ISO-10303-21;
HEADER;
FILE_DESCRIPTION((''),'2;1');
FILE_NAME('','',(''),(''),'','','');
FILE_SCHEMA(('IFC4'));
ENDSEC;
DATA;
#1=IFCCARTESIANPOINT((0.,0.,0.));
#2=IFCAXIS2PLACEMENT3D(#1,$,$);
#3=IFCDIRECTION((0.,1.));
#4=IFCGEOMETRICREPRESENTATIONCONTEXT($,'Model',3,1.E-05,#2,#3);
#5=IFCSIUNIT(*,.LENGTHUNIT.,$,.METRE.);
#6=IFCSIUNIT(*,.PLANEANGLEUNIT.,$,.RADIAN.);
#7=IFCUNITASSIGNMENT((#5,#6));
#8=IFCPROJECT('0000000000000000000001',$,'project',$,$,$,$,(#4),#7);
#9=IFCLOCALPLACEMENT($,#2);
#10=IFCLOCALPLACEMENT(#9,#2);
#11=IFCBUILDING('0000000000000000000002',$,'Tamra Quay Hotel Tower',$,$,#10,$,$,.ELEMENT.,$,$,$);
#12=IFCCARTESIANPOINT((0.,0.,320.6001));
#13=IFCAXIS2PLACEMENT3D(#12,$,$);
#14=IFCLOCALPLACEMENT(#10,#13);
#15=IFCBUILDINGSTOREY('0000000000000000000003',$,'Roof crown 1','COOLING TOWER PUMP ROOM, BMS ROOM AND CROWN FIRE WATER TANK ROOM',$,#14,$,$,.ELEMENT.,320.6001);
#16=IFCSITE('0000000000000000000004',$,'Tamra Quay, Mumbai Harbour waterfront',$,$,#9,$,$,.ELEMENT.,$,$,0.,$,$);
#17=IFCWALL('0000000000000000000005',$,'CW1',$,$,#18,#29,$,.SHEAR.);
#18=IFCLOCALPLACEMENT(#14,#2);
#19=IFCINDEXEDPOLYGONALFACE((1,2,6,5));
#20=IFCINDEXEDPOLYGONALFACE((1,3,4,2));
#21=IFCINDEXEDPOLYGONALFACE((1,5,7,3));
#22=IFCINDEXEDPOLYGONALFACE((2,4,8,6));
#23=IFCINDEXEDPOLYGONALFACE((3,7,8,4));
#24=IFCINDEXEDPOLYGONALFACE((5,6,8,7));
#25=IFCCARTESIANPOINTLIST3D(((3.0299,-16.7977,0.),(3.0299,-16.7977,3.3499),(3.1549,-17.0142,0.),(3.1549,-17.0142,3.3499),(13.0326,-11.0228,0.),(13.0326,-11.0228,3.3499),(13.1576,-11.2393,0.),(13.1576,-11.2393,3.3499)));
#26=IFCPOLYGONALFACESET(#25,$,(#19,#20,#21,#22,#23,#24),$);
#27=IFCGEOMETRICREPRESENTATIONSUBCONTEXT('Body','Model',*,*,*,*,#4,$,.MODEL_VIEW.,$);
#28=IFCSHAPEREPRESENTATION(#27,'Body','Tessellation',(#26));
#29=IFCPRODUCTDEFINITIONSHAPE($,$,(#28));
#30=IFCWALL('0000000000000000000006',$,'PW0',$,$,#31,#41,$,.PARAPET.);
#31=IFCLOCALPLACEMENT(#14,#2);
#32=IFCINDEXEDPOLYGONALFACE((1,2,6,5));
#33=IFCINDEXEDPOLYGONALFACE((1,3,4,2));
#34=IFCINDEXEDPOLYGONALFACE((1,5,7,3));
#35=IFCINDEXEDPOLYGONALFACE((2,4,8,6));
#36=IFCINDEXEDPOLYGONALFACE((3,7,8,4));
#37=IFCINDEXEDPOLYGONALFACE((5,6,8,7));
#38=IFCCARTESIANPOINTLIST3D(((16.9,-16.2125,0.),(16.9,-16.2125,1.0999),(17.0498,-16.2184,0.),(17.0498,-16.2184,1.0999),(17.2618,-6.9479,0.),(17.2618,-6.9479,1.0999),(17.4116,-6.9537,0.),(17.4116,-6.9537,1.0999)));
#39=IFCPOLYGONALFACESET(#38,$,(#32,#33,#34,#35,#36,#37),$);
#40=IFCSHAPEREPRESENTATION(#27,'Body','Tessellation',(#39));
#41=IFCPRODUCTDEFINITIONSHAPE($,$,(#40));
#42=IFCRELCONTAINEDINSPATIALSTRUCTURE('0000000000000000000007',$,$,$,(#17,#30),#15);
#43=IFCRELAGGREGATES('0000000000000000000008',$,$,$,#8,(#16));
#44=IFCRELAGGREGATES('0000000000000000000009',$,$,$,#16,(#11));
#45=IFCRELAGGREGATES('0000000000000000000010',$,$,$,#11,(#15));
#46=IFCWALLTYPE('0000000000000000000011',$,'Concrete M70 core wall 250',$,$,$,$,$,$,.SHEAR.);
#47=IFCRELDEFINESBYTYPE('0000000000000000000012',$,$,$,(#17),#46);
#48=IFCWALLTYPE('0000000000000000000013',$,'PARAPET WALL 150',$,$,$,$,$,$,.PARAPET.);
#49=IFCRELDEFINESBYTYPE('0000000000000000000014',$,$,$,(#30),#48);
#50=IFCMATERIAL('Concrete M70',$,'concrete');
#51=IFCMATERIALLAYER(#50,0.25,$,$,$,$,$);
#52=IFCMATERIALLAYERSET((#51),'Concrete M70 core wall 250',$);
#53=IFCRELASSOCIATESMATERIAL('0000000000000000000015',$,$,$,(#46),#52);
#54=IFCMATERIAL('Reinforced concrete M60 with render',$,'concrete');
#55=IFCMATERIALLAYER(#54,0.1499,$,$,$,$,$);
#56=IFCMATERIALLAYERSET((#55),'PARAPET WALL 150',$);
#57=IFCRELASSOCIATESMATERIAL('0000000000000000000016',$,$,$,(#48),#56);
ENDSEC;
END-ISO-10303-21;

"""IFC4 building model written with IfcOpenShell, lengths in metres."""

from ifc_helpers import new_model, si_unit, direction, frame, frame_2d, origin, place, context, subcontext, project, spatial, rectangle, extrude, material, layer, layer_set, type_object, element, save


model = new_model("IFC4")

# Units and contexts
model_context = context("Model", 3, precision=1e-05, world=origin(), true_north=direction((0.0, 1.0)))
body_context = subcontext(model_context, "Body", "Model", "MODEL_VIEW")
ifc_project = project(units=[si_unit("LENGTHUNIT", "METRE"), si_unit("PLANEANGLEUNIT", "RADIAN")], contexts=[model_context])

# Site, building, storey
site_placement = place(None, origin())
site = spatial("IfcSite", under=ifc_project, at=site_placement, Name="Tamra Quay, Mumbai Harbour waterfront", CompositionType="ELEMENT", RefElevation=0.0)
building_placement = place(site_placement, origin())
building = spatial("IfcBuilding", under=site, at=building_placement, Name="Tamra Quay Hotel Tower", CompositionType="ELEMENT")
storey_placement = place(building_placement, frame((0.0, 0.0, 320.6001)))
storey = spatial("IfcBuildingStorey", under=building, at=storey_placement, Name="Roof crown 1", Description="COOLING TOWER PUMP ROOM, BMS ROOM AND CROWN FIRE WATER TANK ROOM", CompositionType="ELEMENT", Elevation=320.6001)

# Walls
ifc_material_1 = material(Name="Concrete M70", Category="concrete")
ifc_layer_1 = layer(ifc_material_1, 0.25)
ifc_layer_set_1 = layer_set([ifc_layer_1], Name="Concrete M70 core wall 250")
wall_type_1 = type_object("IfcWallType", Name="Concrete M70 core wall 250", PredefinedType="SHEAR", material=ifc_layer_set_1)
wall_1_placement = place(storey_placement, frame((13.095, -11.1311, 0.0), z_axis=(0.0, 0.0, 1.0), x_axis=(-0.866031, -0.49999, 0.0)))
element("IfcWall", 1, at=wall_1_placement, inside=storey, type_object=wall_type_1, Name="CW1", PredefinedType="SHEAR", context=body_context, shape_type="SweptSolid", body=[
    extrude(rectangle(XDim=11.55, YDim=0.25, at=frame_2d((5.7749, 0.0))), origin(), (0.0, 0.0, 1.0), 3.3499),
])
ifc_material_2 = material(Name="Reinforced concrete M60 with render", Category="concrete")
ifc_layer_2 = layer(ifc_material_2, 0.1499)
ifc_layer_set_2 = layer_set([ifc_layer_2], Name="PARAPET WALL 150")
wall_type_2 = type_object("IfcWallType", Name="PARAPET WALL 150", PredefinedType="PARAPET", material=ifc_layer_set_2)
wall_2_placement = place(storey_placement, frame((17.3367, -6.9509, 0.0), z_axis=(0.0, 0.0, 1.0), x_axis=(-0.039024, -0.999238, 0.0)))
element("IfcWall", 2, at=wall_2_placement, inside=storey, type_object=wall_type_2, Name="PW0", PredefinedType="PARAPET", context=body_context, shape_type="SweptSolid", body=[
    extrude(rectangle(XDim=9.2717, YDim=0.1499, at=frame_2d((4.6357, 0.0))), origin(), (0.0, 0.0, 1.0), 1.0999),
])

save(model, "model.ifc")
